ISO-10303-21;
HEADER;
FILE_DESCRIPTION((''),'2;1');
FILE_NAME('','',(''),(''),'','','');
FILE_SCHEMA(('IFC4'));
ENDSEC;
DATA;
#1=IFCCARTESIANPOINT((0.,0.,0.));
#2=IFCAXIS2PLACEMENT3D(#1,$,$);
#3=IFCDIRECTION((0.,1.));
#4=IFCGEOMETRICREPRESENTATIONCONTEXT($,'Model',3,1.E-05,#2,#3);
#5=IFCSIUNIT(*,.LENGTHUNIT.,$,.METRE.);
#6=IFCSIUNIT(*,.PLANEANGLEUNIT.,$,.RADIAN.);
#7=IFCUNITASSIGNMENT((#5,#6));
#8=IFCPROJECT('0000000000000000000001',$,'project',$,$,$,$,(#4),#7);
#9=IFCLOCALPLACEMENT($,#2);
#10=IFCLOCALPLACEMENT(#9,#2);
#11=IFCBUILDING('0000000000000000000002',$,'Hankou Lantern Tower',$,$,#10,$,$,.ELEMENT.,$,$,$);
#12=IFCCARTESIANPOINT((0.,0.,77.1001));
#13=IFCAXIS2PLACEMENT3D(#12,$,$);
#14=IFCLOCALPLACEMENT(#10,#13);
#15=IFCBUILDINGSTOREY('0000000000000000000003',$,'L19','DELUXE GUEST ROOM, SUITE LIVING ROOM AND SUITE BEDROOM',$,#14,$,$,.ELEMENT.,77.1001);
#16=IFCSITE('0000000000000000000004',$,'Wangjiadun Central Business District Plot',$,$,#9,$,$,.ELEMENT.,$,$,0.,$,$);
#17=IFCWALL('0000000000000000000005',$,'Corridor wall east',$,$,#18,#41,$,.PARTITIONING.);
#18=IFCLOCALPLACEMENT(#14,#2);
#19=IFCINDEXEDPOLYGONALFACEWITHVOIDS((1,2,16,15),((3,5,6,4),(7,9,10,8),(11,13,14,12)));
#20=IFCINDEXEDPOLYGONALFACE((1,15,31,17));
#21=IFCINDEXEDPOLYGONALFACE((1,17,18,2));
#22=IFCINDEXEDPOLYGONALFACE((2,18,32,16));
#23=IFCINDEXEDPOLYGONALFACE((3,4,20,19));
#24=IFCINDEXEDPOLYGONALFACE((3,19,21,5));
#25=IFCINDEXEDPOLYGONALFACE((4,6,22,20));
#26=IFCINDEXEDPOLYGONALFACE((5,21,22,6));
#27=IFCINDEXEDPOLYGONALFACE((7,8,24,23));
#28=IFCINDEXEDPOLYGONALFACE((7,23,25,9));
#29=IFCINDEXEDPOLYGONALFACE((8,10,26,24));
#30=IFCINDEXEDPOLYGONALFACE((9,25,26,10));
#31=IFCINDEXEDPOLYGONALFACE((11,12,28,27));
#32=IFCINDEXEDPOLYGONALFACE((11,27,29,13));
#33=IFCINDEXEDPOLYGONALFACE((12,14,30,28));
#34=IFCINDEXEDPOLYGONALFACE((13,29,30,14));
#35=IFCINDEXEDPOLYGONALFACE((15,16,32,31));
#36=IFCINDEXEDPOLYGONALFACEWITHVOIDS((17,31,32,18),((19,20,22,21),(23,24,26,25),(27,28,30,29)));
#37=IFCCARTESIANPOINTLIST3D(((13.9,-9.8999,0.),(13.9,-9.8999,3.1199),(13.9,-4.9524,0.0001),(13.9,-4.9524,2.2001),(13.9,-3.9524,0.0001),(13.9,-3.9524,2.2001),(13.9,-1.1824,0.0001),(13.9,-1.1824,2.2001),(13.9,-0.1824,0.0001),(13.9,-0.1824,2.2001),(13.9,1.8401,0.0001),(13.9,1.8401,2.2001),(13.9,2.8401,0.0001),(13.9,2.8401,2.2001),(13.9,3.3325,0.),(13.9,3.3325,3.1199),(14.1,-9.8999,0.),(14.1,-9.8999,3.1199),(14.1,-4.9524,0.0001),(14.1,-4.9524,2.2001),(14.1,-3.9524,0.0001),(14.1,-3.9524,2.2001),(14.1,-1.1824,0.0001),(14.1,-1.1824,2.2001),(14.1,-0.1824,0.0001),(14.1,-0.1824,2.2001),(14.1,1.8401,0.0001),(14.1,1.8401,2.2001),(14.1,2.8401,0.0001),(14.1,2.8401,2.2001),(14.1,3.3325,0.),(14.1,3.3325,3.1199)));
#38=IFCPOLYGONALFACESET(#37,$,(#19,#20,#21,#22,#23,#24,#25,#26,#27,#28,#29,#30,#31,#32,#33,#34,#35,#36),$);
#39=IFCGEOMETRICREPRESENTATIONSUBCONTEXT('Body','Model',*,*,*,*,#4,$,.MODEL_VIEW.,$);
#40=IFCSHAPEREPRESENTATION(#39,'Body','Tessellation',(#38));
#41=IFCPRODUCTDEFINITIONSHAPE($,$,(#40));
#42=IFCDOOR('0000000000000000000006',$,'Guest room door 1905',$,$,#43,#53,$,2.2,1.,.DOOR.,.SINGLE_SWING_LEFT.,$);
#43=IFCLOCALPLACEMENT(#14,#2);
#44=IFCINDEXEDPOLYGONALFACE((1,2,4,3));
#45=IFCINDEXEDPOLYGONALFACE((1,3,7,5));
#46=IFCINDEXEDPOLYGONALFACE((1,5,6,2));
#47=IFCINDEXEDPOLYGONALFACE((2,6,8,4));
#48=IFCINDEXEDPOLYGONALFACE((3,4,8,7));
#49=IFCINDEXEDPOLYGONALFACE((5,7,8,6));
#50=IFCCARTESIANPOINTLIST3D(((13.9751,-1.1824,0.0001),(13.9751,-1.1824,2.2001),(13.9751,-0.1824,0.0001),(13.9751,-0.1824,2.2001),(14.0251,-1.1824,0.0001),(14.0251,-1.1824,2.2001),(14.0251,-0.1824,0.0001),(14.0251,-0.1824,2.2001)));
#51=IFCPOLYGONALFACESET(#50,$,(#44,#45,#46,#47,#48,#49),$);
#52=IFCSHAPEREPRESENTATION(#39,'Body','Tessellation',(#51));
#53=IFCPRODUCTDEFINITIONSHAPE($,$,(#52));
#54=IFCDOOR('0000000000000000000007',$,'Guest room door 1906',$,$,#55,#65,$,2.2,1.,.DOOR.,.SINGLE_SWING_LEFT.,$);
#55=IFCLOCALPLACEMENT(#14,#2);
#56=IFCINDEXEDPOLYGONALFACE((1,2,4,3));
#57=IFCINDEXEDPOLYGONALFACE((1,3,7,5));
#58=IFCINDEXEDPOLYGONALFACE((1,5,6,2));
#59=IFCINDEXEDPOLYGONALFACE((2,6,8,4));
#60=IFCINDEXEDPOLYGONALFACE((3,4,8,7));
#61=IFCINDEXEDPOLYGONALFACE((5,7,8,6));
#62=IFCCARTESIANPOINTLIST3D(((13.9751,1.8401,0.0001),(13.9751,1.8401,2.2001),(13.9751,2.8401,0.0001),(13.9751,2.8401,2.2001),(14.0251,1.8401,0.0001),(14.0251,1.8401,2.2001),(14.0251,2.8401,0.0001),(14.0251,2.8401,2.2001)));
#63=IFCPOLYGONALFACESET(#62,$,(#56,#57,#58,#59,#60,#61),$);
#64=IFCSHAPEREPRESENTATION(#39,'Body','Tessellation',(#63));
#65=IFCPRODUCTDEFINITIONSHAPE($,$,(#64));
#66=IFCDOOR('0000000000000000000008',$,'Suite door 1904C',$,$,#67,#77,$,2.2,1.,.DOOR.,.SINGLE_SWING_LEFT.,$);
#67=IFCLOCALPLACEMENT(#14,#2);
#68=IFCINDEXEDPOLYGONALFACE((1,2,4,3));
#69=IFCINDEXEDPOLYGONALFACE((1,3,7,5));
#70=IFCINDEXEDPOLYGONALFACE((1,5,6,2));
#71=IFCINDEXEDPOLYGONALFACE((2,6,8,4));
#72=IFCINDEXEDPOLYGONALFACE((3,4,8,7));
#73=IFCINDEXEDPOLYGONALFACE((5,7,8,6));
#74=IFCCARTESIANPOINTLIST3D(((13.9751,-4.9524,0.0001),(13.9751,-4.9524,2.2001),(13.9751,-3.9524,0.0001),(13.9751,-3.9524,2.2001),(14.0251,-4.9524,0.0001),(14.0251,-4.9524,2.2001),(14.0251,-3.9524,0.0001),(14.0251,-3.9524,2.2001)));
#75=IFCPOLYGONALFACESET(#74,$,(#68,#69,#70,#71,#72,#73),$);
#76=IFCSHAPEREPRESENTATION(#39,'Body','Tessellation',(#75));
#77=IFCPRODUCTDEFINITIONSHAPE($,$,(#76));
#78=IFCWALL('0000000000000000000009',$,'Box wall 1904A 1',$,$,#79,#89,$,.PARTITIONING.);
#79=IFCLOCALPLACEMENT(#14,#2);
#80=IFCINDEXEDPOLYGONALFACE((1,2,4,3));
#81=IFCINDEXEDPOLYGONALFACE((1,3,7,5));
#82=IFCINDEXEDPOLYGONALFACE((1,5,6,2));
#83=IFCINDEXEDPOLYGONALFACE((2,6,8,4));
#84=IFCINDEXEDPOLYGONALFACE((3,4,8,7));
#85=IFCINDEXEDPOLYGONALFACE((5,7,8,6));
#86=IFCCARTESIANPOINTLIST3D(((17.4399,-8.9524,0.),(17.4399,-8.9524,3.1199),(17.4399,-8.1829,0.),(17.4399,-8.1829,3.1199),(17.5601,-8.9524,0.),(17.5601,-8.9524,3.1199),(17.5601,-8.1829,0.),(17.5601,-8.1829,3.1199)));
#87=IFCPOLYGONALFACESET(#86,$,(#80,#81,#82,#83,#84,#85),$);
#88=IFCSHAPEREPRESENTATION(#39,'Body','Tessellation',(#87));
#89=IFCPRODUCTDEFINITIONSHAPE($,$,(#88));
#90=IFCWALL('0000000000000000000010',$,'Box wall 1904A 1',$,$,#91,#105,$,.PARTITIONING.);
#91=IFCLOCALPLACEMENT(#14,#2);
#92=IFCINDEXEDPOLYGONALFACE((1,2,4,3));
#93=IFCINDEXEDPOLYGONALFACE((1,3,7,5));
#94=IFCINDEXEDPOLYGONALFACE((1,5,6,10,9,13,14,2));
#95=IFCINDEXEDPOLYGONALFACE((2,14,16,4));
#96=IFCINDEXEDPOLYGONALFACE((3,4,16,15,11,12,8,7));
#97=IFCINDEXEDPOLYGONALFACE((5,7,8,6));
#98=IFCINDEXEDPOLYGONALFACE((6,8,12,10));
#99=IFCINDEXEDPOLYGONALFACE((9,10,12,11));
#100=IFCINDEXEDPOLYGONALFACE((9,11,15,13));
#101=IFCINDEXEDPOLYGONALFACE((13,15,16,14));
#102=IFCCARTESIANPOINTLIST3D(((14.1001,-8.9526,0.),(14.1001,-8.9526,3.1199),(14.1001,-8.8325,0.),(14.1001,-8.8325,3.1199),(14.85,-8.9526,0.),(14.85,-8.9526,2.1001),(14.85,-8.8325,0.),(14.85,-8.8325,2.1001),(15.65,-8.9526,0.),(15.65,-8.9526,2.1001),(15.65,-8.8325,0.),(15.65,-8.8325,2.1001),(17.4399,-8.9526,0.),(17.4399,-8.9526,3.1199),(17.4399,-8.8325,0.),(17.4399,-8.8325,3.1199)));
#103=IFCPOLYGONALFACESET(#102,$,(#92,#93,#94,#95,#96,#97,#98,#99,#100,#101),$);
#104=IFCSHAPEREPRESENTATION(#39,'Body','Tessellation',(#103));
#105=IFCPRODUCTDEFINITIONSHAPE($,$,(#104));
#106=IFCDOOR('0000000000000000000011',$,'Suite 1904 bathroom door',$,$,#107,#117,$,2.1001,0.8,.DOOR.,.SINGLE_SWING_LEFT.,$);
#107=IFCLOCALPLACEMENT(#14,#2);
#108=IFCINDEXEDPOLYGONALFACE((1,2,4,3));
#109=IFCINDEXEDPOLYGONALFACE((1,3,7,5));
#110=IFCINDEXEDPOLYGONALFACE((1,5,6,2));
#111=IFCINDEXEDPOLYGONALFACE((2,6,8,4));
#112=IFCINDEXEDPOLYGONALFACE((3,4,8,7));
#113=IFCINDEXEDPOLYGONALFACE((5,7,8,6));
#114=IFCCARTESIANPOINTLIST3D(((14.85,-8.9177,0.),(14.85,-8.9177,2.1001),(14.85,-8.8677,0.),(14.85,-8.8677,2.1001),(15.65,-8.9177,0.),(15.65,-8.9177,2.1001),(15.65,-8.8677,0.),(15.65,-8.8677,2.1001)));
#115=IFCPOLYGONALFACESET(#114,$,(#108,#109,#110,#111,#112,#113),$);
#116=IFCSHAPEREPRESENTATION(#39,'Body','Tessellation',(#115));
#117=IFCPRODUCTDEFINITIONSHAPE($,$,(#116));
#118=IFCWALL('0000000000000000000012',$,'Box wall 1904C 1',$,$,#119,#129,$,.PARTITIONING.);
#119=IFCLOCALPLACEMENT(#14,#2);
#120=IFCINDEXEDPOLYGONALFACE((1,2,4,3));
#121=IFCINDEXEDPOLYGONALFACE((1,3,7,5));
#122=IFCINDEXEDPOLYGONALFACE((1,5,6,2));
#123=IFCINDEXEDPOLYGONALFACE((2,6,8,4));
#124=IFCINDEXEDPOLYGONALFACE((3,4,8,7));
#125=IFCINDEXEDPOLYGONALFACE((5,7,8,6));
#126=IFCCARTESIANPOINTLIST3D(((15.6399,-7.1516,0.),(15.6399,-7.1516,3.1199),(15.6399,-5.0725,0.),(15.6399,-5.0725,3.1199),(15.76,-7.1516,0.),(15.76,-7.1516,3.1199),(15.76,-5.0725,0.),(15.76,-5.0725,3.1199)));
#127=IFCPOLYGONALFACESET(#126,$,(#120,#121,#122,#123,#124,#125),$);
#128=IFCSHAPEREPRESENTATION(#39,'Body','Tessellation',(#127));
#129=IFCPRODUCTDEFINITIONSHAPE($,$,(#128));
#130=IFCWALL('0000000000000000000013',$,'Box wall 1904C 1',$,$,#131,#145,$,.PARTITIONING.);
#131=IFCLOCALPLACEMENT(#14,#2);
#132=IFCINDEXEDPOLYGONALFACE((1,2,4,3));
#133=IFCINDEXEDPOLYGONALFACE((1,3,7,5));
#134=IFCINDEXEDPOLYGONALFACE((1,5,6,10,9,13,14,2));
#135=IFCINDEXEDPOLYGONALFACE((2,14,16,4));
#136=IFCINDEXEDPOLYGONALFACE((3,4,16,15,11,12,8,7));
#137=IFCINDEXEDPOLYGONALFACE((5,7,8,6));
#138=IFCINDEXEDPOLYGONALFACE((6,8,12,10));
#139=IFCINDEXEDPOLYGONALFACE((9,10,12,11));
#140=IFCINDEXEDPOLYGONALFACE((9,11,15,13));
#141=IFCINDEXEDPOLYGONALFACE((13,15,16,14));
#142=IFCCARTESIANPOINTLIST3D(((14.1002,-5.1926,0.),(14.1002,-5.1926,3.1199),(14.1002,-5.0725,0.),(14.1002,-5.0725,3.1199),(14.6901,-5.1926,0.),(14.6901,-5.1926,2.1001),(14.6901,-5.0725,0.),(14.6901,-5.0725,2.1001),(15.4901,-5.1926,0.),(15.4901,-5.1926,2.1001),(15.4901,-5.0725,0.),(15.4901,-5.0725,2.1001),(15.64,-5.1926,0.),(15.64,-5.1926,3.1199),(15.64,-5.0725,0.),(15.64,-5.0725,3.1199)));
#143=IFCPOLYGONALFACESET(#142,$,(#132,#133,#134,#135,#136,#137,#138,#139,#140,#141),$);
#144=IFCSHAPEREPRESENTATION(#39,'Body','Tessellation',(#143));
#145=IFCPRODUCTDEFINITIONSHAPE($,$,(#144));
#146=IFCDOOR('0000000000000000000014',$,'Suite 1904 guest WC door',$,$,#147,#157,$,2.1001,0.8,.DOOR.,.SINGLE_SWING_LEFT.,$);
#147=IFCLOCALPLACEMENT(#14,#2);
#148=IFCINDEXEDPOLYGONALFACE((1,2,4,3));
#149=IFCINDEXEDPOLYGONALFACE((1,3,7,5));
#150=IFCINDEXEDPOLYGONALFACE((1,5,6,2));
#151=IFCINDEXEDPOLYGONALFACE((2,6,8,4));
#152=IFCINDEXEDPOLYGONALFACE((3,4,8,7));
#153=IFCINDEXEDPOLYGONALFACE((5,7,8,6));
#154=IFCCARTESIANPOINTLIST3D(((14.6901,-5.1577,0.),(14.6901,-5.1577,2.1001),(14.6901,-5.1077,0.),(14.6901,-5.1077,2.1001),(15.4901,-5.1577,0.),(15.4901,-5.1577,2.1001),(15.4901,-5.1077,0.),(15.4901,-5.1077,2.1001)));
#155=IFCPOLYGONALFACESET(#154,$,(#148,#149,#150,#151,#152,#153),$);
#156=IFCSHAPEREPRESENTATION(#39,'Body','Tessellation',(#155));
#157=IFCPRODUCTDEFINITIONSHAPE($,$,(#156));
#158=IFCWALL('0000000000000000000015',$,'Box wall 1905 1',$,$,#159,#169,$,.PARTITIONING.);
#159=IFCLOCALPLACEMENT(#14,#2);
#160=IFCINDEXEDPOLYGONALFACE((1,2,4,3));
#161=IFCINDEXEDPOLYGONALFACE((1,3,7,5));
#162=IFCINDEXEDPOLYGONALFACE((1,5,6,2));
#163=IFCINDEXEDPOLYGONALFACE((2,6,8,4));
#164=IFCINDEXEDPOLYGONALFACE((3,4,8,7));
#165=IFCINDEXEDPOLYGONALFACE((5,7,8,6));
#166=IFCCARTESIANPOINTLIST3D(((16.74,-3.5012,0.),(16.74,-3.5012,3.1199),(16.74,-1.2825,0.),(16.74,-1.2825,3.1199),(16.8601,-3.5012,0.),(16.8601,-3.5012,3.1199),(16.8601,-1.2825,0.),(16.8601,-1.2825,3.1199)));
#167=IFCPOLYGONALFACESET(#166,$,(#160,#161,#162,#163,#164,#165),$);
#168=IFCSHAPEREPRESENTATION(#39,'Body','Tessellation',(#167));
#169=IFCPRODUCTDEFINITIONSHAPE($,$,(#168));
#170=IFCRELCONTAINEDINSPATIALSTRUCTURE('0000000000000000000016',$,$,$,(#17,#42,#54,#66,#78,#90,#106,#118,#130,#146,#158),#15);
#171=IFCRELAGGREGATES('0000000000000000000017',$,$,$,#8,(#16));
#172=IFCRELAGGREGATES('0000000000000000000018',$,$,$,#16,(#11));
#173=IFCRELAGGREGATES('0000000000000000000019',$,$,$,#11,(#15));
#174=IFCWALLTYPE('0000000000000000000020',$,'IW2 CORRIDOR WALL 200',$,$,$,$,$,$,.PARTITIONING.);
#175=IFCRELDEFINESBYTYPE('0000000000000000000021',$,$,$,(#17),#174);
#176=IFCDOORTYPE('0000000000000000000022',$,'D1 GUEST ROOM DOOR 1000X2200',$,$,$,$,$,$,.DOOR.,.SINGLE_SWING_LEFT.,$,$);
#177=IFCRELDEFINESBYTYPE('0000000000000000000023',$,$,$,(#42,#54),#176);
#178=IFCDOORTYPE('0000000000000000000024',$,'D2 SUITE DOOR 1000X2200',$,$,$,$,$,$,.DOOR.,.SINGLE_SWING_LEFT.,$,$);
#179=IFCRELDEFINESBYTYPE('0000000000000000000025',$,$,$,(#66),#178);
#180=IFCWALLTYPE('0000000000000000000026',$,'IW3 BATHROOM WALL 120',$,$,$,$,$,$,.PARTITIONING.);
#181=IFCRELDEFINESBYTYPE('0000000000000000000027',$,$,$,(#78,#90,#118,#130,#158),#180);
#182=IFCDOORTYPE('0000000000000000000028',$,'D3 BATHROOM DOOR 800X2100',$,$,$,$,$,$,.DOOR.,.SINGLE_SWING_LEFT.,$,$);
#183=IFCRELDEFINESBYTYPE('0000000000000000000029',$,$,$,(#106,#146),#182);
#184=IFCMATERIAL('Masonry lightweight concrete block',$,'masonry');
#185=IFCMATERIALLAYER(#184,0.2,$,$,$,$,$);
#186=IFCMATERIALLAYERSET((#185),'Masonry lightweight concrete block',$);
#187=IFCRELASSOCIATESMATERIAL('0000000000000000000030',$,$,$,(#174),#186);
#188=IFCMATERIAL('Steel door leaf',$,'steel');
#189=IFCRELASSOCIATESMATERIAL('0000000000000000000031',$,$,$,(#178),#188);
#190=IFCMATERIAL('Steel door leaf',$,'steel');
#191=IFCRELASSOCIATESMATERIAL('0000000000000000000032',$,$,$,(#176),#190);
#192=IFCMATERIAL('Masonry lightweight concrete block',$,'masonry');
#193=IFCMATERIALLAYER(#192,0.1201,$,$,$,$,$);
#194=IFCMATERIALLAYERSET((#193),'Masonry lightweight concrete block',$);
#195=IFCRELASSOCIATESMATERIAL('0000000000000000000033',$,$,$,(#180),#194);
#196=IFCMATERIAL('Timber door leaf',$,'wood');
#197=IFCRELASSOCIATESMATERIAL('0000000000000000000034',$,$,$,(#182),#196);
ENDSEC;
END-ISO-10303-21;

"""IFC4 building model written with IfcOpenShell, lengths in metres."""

from ifc_helpers import new_model, si_unit, direction, frame, frame_2d, origin, place, context, subcontext, project, spatial, rectangle, extrude, material, layer, layer_set, type_object, element, fill, save


model = new_model("IFC4")

# Units and contexts
model_context = context("Model", 3, precision=1e-05, world=origin(), true_north=direction((0.0, 1.0)))
body_context = subcontext(model_context, "Body", "Model", "MODEL_VIEW")
ifc_project = project(units=[si_unit("LENGTHUNIT", "METRE"), si_unit("PLANEANGLEUNIT", "RADIAN")], contexts=[model_context])

# Site, building, storey
site_placement = place(None, origin())
site = spatial("IfcSite", under=ifc_project, at=site_placement, Name="Wangjiadun Central Business District Plot", CompositionType="ELEMENT", RefElevation=0.0)
building_placement = place(site_placement, origin())
building = spatial("IfcBuilding", under=site, at=building_placement, Name="Hankou Lantern Tower", CompositionType="ELEMENT")
storey_placement = place(building_placement, frame((0.0, 0.0, 77.1001)))
storey = spatial("IfcBuildingStorey", under=building, at=storey_placement, Name="L19", Description="DELUXE GUEST ROOM, SUITE LIVING ROOM AND SUITE BEDROOM", CompositionType="ELEMENT", Elevation=77.1001)

# Wall, openings, doors
ifc_material_1 = material(Name="Masonry lightweight concrete block", Category="masonry")
ifc_layer_1 = layer(ifc_material_1, 0.2)
ifc_layer_set_1 = layer_set([ifc_layer_1], Name="Masonry lightweight concrete block")
wall_type_1 = type_object("IfcWallType", Name="IW2 CORRIDOR WALL 200", PredefinedType="PARTITIONING", material=ifc_layer_set_1)
ifc_material_2 = material(Name="Steel door leaf", Category="steel")
door_type_1 = type_object("IfcDoorType", Name="D2 SUITE DOOR 1000X2200", OperationType="SINGLE_SWING_LEFT", PredefinedType="DOOR", material=ifc_material_2)
wall_1_placement = place(storey_placement, frame((14.0, -9.8999, 0.0), z_axis=(0.0, 0.0, 1.0), x_axis=(0.0, 1.0, 0.0)))
wall_1 = element("IfcWall", 1, at=wall_1_placement, inside=storey, type_object=wall_type_1, Name="Corridor wall east", PredefinedType="PARTITIONING", context=body_context, shape_type="SweptSolid", body=[
    extrude(rectangle(XDim=13.2324, YDim=0.2, at=frame_2d((6.6162, 0.0))), origin(), (0.0, 0.0, 1.0), 3.1199),
])
opening_1_placement = place(wall_1_placement, frame((4.9475, 0.0, 0.0)))
opening_1 = element("IfcOpeningElement", 2, at=opening_1_placement, cuts=wall_1, PredefinedType="OPENING", context=body_context, shape_type="SweptSolid", body=[
    extrude(rectangle(XDim=1.0, YDim=2.2, at=frame_2d((0.5, 1.1001))), frame((0.0, 0.1099, 0.0), z_axis=(0.0, -1.0, 0.0), x_axis=(1.0, 0.0, 0.0)), (0.0, 0.0, 1.0), 0.22),
])
opening_2_placement = place(wall_1_placement, frame((8.7175, 0.0, 0.0)))
opening_2 = element("IfcOpeningElement", 3, at=opening_2_placement, cuts=wall_1, PredefinedType="OPENING", context=body_context, shape_type="SweptSolid", body=[
    extrude(rectangle(XDim=1.0, YDim=2.2, at=frame_2d((0.5, 1.1001))), frame((0.0, 0.1099, 0.0), z_axis=(0.0, -1.0, 0.0), x_axis=(1.0, 0.0, 0.0)), (0.0, 0.0, 1.0), 0.22),
])
opening_3_placement = place(wall_1_placement, frame((11.74, 0.0, 0.0)))
opening_3 = element("IfcOpeningElement", 4, at=opening_3_placement, cuts=wall_1, PredefinedType="OPENING", context=body_context, shape_type="SweptSolid", body=[
    extrude(rectangle(XDim=1.0, YDim=2.2, at=frame_2d((0.5, 1.1001))), frame((0.0, 0.1099, 0.0), z_axis=(0.0, -1.0, 0.0), x_axis=(1.0, 0.0, 0.0)), (0.0, 0.0, 1.0), 0.22),
])
ifc_material_3 = material(Name="Steel door leaf", Category="steel")
door_type_2 = type_object("IfcDoorType", Name="D1 GUEST ROOM DOOR 1000X2200", OperationType="SINGLE_SWING_LEFT", PredefinedType="DOOR", material=ifc_material_3)
door_1_placement = place(opening_2_placement, origin())
door_1 = element("IfcDoor", 5, at=door_1_placement, inside=storey, type_object=door_type_2, Name="Guest room door 1905", OperationType="SINGLE_SWING_LEFT", OverallHeight=2.2, OverallWidth=1.0, PredefinedType="DOOR", context=body_context, shape_type="SweptSolid", body=[
    extrude(rectangle(XDim=1.0, YDim=2.2, at=frame_2d((0.5, 1.1001))), frame((0.0, 0.0249, 0.0), z_axis=(0.0, -1.0, 0.0), x_axis=(1.0, 0.0, 0.0)), (0.0, 0.0, 1.0), 0.05),
])
fill(opening_2, door_1)
door_2_placement = place(opening_3_placement, origin())
door_2 = element("IfcDoor", 6, at=door_2_placement, inside=storey, type_object=door_type_2, Name="Guest room door 1906", OperationType="SINGLE_SWING_LEFT", OverallHeight=2.2, OverallWidth=1.0, PredefinedType="DOOR", context=body_context, shape_type="SweptSolid", body=[
    extrude(rectangle(XDim=1.0, YDim=2.2, at=frame_2d((0.5, 1.1001))), frame((0.0, 0.0249, 0.0), z_axis=(0.0, -1.0, 0.0), x_axis=(1.0, 0.0, 0.0)), (0.0, 0.0, 1.0), 0.05),
])
fill(opening_3, door_2)
door_3_placement = place(opening_1_placement, origin())
door_3 = element("IfcDoor", 7, at=door_3_placement, inside=storey, type_object=door_type_1, Name="Suite door 1904C", OperationType="SINGLE_SWING_LEFT", OverallHeight=2.2, OverallWidth=1.0, PredefinedType="DOOR", context=body_context, shape_type="SweptSolid", body=[
    extrude(rectangle(XDim=1.0, YDim=2.2, at=frame_2d((0.5, 1.1001))), frame((0.0, 0.0249, 0.0), z_axis=(0.0, -1.0, 0.0), x_axis=(1.0, 0.0, 0.0)), (0.0, 0.0, 1.0), 0.05),
])
fill(opening_1, door_3)

# Wall
ifc_material_4 = material(Name="Masonry lightweight concrete block", Category="masonry")
ifc_layer_2 = layer(ifc_material_4, 0.1201)
ifc_layer_set_2 = layer_set([ifc_layer_2], Name="Masonry lightweight concrete block")
wall_type_2 = type_object("IfcWallType", Name="IW3 BATHROOM WALL 120", PredefinedType="PARTITIONING", material=ifc_layer_set_2)
wall_2_placement = place(storey_placement, frame((17.5, -8.1829, 0.0), z_axis=(0.0, 0.0, 1.0), x_axis=(0.0, -1.0, 0.0)))
element("IfcWall", 8, at=wall_2_placement, inside=storey, type_object=wall_type_2, Name="Box wall 1904A 1", PredefinedType="PARTITIONING", context=body_context, shape_type="SweptSolid", body=[
    extrude(rectangle(XDim=0.7695, YDim=0.1201, at=frame_2d((0.3848, 0.0))), origin(), (0.0, 0.0, 1.0), 3.1199),
])

# Wall, opening, door
wall_3_placement = place(storey_placement, frame((14.1001, -8.8926, 0.0), z_axis=(0.0, 0.0, 1.0), x_axis=(1.0, 0.0, 0.0)))
wall_3 = element("IfcWall", 9, at=wall_3_placement, inside=storey, type_object=wall_type_2, Name="Box wall 1904A 1", PredefinedType="PARTITIONING", context=body_context, shape_type="SweptSolid", body=[
    extrude(rectangle(XDim=3.3398, YDim=0.1201, at=frame_2d((1.6699, 0.0))), origin(), (0.0, 0.0, 1.0), 3.1199),
])
opening_4_placement = place(wall_3_placement, frame((0.75, 0.0, 0.0)))
opening_4 = element("IfcOpeningElement", 10, at=opening_4_placement, cuts=wall_3, PredefinedType="OPENING", context=body_context, shape_type="SweptSolid", body=[
    extrude(rectangle(XDim=0.8, YDim=2.1001, at=frame_2d((0.3999, 1.05))), frame((0.0, 0.0701, 0.0), z_axis=(0.0, -1.0, 0.0), x_axis=(1.0, 0.0, 0.0)), (0.0, 0.0, 1.0), 0.1401),
])
ifc_material_5 = material(Name="Timber door leaf", Category="wood")
door_type_3 = type_object("IfcDoorType", Name="D3 BATHROOM DOOR 800X2100", OperationType="SINGLE_SWING_LEFT", PredefinedType="DOOR", material=ifc_material_5)
door_4_placement = place(opening_4_placement, origin())
door_4 = element("IfcDoor", 11, at=door_4_placement, inside=storey, type_object=door_type_3, Name="Suite 1904 bathroom door", OperationType="SINGLE_SWING_LEFT", OverallHeight=2.1001, OverallWidth=0.8, PredefinedType="DOOR", context=body_context, shape_type="SweptSolid", body=[
    extrude(rectangle(XDim=0.8, YDim=2.1001, at=frame_2d((0.3999, 1.05))), frame((0.0, 0.0249, 0.0), z_axis=(0.0, -1.0, 0.0), x_axis=(1.0, 0.0, 0.0)), (0.0, 0.0, 1.0), 0.05),
])
fill(opening_4, door_4)

# Wall
wall_4_placement = place(storey_placement, frame((15.7, -7.1516, 0.0), z_axis=(0.0, 0.0, 1.0), x_axis=(0.0, 1.0, 0.0)))
element("IfcWall", 12, at=wall_4_placement, inside=storey, type_object=wall_type_2, Name="Box wall 1904C 1", PredefinedType="PARTITIONING", context=body_context, shape_type="SweptSolid", body=[
    extrude(rectangle(XDim=2.0791, YDim=0.1201, at=frame_2d((1.0396, 0.0))), origin(), (0.0, 0.0, 1.0), 3.1199),
])

# Wall, opening, door
wall_5_placement = place(storey_placement, frame((14.1001, -5.1326, 0.0), z_axis=(0.0, 0.0, 1.0), x_axis=(1.0, 0.0, 0.0)))
wall_5 = element("IfcWall", 13, at=wall_5_placement, inside=storey, type_object=wall_type_2, Name="Box wall 1904C 1", PredefinedType="PARTITIONING", context=body_context, shape_type="SweptSolid", body=[
    extrude(rectangle(XDim=1.5398, YDim=0.1201, at=frame_2d((0.77, 0.0))), origin(), (0.0, 0.0, 1.0), 3.1199),
])
opening_5_placement = place(wall_5_placement, frame((0.5901, 0.0, 0.0)))
opening_5 = element("IfcOpeningElement", 14, at=opening_5_placement, cuts=wall_5, PredefinedType="OPENING", context=body_context, shape_type="SweptSolid", body=[
    extrude(rectangle(XDim=0.8, YDim=2.1001, at=frame_2d((0.3999, 1.05))), frame((0.0, 0.0701, 0.0), z_axis=(0.0, -1.0, 0.0), x_axis=(1.0, 0.0, 0.0)), (0.0, 0.0, 1.0), 0.1401),
])
door_5_placement = place(opening_5_placement, origin())
door_5 = element("IfcDoor", 15, at=door_5_placement, inside=storey, type_object=door_type_3, Name="Suite 1904 guest WC door", OperationType="SINGLE_SWING_LEFT", OverallHeight=2.1001, OverallWidth=0.8, PredefinedType="DOOR", context=body_context, shape_type="SweptSolid", body=[
    extrude(rectangle(XDim=0.8, YDim=2.1001, at=frame_2d((0.3999, 1.05))), frame((0.0, 0.0249, 0.0), z_axis=(0.0, -1.0, 0.0), x_axis=(1.0, 0.0, 0.0)), (0.0, 0.0, 1.0), 0.05),
])
fill(opening_5, door_5)

# Wall
wall_6_placement = place(storey_placement, frame((16.8, -3.5012, 0.0), z_axis=(0.0, 0.0, 1.0), x_axis=(0.0, 1.0, 0.0)))
element("IfcWall", 16, at=wall_6_placement, inside=storey, type_object=wall_type_2, Name="Box wall 1905 1", PredefinedType="PARTITIONING", context=body_context, shape_type="SweptSolid", body=[
    extrude(rectangle(XDim=2.2188, YDim=0.1201, at=frame_2d((1.1094, 0.0))), origin(), (0.0, 0.0, 1.0), 3.1199),
])

save(model, "model.ifc")
